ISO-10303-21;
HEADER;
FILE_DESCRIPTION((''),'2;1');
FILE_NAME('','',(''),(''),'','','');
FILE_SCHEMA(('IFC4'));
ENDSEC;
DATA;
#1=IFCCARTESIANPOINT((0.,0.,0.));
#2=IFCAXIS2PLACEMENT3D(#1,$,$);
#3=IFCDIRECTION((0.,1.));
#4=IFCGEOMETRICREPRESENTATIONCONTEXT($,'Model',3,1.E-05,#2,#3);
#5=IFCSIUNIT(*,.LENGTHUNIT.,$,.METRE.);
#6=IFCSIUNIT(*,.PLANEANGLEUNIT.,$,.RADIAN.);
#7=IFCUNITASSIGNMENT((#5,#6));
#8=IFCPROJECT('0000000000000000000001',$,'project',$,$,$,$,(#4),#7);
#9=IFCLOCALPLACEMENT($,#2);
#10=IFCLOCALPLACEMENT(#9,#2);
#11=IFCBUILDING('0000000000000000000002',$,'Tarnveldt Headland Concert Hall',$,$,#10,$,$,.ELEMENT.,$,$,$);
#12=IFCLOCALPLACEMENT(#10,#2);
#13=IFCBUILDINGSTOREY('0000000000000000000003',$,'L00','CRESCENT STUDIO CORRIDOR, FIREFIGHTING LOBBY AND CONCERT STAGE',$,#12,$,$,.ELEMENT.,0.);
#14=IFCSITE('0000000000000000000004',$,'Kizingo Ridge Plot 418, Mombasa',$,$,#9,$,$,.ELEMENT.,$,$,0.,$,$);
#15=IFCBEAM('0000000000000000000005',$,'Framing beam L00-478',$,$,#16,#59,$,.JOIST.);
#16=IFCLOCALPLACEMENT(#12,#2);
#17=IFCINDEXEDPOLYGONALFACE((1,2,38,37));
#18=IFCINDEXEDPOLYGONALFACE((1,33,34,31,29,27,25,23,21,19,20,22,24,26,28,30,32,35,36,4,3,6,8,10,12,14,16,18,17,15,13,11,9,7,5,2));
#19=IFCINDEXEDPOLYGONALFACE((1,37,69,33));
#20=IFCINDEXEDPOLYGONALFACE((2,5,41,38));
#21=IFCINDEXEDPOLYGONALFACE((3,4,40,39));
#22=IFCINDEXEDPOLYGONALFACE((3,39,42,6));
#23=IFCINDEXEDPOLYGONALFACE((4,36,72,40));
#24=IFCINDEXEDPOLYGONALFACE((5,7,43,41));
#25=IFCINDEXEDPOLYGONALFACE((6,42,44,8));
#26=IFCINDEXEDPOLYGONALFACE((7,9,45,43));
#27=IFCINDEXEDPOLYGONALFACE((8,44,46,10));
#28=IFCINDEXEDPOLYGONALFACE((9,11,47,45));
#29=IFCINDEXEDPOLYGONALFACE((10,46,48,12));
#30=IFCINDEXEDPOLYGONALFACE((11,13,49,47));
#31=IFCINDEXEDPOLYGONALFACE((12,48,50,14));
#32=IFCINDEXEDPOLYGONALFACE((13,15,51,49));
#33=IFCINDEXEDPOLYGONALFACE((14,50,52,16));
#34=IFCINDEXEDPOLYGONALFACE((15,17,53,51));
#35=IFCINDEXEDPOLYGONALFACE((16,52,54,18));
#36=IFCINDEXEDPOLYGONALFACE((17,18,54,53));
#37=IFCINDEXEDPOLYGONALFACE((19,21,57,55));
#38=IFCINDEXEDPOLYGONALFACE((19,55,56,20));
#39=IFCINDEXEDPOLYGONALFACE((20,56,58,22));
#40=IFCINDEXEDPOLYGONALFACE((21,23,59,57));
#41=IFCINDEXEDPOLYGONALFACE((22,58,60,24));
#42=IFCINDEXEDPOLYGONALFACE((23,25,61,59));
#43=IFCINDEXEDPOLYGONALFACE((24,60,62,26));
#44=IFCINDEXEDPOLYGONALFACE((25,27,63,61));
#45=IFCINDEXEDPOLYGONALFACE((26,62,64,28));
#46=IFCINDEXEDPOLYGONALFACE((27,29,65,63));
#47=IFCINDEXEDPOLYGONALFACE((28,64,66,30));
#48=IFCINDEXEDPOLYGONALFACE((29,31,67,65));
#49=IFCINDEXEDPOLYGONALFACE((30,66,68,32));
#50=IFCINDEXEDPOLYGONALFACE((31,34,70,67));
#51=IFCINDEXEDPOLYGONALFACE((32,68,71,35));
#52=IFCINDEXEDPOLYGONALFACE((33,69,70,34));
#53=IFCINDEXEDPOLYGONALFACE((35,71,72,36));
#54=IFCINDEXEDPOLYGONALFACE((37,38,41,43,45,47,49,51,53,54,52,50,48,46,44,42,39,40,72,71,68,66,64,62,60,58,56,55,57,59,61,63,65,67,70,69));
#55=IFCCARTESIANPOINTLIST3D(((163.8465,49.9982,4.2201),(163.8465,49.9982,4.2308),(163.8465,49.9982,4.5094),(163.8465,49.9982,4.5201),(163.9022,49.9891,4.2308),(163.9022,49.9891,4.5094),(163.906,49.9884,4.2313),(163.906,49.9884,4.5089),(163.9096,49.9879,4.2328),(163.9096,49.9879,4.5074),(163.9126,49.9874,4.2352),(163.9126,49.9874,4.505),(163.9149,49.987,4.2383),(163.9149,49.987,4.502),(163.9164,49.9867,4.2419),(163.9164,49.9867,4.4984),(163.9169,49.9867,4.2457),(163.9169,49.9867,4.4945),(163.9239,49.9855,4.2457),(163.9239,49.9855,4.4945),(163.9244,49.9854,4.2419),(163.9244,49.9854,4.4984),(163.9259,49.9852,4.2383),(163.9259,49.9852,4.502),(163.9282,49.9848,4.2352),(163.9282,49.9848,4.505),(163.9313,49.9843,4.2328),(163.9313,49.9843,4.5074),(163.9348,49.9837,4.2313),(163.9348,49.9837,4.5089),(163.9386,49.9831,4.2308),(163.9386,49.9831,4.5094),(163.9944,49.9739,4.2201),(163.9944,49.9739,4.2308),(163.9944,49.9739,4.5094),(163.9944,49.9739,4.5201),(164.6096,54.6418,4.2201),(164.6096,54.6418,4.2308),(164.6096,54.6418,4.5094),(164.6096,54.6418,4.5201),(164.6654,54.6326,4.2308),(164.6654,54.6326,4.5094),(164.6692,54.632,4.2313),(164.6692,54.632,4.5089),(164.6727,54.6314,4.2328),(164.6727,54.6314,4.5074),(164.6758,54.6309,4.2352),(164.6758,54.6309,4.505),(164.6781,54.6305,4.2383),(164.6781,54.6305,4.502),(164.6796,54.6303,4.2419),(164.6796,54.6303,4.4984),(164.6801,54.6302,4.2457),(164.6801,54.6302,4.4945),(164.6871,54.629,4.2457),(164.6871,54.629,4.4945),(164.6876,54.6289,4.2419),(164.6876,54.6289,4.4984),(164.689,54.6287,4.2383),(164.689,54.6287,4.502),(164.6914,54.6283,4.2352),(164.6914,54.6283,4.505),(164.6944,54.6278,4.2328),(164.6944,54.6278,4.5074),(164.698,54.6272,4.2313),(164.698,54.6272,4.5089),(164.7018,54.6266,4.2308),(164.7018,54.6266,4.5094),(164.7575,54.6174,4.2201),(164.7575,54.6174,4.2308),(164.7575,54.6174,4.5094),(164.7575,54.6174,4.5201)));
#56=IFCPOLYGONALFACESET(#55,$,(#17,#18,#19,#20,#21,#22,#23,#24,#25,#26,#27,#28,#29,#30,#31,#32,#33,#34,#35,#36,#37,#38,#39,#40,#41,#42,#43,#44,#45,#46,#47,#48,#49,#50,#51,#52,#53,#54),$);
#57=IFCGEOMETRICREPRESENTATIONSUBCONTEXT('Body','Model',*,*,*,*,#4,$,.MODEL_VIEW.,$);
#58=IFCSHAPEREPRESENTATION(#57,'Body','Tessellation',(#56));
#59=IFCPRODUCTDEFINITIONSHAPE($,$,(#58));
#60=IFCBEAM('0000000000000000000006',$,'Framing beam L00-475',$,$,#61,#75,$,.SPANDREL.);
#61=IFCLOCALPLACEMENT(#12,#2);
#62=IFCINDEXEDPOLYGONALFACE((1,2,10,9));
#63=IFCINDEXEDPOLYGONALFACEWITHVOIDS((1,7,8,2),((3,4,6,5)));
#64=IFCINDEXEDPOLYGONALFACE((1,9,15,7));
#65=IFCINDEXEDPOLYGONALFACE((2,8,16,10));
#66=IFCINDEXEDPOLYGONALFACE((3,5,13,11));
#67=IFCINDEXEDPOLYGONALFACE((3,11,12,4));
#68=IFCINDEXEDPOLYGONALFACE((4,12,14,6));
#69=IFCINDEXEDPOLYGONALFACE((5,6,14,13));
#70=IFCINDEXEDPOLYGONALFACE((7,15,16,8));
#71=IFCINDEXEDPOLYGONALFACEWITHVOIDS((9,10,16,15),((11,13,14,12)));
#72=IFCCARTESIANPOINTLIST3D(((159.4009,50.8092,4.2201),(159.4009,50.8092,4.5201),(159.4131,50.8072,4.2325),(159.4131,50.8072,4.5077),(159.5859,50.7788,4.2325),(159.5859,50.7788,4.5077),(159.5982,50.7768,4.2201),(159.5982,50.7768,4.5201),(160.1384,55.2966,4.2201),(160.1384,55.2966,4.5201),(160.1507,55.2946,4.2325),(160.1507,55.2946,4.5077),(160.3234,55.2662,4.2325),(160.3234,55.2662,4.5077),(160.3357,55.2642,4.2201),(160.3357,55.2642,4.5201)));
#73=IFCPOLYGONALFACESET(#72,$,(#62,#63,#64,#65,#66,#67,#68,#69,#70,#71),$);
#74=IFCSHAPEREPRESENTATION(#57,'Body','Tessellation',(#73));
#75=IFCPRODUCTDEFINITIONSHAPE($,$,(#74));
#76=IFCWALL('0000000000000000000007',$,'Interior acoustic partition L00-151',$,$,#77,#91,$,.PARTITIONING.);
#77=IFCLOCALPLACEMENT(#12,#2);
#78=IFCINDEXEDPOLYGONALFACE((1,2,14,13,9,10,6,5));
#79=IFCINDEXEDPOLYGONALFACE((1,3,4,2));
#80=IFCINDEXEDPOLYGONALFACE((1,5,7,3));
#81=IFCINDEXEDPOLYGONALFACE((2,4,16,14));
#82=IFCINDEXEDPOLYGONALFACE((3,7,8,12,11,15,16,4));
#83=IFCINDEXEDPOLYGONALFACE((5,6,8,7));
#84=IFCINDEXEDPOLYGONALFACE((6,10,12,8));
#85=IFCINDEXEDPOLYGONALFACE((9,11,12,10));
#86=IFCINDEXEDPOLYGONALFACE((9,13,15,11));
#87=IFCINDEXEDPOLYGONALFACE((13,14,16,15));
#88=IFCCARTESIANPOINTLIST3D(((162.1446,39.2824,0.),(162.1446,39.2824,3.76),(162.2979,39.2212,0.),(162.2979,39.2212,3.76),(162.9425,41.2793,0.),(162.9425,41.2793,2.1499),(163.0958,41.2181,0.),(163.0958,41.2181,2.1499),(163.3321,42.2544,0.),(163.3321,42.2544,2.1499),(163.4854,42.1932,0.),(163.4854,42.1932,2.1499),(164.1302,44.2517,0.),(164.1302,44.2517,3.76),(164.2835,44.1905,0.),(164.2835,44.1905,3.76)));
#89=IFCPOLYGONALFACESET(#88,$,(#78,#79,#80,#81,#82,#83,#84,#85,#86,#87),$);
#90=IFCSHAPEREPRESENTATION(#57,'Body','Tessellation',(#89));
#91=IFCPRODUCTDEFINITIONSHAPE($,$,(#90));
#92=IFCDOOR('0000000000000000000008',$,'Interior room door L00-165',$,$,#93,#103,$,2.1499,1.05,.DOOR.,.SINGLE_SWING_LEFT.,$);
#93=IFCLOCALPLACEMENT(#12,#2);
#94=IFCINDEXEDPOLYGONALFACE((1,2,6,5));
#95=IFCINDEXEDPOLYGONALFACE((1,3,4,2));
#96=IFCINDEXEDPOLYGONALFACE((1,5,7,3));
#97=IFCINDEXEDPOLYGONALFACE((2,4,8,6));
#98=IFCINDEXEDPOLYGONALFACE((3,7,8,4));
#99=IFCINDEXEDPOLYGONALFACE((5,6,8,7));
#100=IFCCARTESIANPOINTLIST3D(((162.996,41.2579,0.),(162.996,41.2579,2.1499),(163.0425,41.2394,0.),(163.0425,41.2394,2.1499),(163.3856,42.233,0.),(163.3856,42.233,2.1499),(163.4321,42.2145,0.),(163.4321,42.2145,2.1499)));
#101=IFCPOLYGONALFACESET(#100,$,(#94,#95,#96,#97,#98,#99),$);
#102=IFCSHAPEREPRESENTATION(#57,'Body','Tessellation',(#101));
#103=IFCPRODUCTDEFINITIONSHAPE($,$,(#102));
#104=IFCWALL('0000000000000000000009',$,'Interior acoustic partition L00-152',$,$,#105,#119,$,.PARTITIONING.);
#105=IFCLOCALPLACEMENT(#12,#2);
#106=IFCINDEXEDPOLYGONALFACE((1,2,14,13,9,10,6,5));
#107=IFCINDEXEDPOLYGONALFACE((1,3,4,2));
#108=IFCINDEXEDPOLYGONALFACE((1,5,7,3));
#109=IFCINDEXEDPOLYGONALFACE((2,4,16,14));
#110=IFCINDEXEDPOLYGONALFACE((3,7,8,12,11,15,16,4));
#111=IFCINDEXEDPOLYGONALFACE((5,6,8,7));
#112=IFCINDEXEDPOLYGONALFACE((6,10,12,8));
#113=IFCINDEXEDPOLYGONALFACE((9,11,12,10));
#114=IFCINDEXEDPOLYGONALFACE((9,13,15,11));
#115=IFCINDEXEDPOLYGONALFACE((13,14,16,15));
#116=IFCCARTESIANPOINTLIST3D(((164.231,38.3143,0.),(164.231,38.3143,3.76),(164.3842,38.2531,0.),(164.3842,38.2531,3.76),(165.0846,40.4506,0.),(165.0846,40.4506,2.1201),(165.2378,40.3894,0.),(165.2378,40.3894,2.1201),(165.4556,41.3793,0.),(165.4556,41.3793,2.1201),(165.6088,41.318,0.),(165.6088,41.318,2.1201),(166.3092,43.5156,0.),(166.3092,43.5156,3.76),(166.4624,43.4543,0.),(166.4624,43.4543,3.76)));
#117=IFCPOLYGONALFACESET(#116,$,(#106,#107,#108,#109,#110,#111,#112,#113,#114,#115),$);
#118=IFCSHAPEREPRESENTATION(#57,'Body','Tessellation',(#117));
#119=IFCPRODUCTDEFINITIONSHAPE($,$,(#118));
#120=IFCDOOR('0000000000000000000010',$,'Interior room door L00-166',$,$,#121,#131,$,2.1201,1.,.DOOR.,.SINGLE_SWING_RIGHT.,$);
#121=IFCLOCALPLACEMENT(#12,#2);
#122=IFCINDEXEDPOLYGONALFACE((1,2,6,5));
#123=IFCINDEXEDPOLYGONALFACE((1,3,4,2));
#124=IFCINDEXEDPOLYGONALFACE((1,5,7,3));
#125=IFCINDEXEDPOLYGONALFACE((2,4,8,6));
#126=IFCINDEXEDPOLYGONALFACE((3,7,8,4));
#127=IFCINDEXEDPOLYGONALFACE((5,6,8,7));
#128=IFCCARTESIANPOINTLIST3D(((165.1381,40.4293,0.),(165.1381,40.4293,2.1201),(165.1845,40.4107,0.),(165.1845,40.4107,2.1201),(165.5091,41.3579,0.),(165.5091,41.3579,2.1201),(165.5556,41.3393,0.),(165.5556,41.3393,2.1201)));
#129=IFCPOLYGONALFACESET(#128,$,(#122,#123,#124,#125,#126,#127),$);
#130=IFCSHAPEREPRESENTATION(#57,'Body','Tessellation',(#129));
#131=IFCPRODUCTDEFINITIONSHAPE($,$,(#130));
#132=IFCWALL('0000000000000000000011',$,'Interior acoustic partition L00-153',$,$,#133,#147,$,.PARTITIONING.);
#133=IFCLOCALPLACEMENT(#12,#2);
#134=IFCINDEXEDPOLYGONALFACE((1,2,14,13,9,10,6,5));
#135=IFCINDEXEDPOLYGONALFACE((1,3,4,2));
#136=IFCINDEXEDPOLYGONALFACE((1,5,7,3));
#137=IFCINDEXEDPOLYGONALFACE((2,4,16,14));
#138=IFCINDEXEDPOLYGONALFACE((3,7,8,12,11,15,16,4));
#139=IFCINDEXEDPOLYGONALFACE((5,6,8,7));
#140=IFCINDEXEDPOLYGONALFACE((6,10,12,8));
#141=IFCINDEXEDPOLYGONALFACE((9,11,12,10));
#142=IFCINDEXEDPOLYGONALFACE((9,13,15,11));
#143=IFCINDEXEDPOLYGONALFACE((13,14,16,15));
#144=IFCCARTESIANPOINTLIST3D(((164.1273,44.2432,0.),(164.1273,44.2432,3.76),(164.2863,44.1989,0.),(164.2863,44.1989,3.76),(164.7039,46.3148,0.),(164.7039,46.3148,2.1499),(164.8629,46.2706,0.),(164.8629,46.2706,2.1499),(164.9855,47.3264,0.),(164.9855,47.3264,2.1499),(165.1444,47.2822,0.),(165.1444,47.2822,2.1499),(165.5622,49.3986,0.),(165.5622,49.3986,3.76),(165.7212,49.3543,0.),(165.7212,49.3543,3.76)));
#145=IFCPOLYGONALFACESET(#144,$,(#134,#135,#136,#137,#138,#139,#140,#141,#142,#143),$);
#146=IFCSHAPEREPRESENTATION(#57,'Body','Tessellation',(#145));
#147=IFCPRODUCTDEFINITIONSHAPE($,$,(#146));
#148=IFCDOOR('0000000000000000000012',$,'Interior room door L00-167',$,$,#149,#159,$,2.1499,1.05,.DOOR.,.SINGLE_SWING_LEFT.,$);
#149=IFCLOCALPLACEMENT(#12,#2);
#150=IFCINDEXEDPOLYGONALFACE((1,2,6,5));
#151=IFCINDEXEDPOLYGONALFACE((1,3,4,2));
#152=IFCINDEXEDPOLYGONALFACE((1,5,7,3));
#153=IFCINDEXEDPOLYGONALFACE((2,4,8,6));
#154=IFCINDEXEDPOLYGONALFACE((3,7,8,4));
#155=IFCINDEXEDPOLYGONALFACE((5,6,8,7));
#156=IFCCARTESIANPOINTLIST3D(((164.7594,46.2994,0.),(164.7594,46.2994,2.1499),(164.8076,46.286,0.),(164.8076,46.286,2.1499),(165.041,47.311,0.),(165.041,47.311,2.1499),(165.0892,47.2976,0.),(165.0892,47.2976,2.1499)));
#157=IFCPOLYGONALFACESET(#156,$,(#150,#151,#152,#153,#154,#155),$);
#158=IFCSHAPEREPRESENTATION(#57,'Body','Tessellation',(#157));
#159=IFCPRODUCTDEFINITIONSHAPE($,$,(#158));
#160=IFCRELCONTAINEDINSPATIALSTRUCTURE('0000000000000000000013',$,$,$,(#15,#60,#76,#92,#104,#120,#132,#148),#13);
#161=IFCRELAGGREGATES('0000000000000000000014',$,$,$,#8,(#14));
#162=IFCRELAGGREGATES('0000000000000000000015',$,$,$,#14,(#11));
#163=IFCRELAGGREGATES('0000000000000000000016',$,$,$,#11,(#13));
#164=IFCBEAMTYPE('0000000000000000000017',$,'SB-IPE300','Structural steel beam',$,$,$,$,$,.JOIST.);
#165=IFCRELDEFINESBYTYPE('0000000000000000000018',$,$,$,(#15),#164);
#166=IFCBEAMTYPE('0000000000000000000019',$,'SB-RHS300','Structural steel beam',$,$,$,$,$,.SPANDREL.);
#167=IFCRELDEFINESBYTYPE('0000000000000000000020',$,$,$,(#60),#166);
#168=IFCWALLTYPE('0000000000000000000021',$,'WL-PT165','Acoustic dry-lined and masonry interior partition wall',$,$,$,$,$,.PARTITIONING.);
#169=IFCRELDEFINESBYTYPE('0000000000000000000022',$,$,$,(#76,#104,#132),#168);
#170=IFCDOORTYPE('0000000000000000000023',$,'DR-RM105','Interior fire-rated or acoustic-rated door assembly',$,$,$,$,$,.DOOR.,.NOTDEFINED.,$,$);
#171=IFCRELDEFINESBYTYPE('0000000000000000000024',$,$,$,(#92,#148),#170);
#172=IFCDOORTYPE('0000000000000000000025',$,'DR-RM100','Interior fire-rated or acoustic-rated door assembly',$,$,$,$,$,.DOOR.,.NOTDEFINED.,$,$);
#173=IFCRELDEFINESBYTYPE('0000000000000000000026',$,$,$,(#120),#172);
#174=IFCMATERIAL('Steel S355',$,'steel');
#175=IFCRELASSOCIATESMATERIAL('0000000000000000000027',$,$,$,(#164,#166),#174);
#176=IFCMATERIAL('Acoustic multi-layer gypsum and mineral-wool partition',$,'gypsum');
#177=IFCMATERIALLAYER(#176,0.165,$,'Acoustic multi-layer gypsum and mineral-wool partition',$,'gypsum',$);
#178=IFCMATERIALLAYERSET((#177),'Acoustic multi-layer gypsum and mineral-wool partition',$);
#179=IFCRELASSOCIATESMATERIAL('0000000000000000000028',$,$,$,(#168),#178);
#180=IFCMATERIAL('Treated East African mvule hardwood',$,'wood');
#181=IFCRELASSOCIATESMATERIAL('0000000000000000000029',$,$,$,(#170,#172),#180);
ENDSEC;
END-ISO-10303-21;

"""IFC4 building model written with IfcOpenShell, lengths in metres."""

from ifc_helpers import new_model, si_unit, direction, frame, frame_2d, origin, origin_2d, place, context, subcontext, project, spatial, rectangle, hollow_rectangle, i_section, extrude, material, layer, layer_set, material_profile, profile_set, type_object, element, fill, save


model = new_model("IFC4")

# Units and contexts
model_context = context("Model", 3, precision=1e-05, world=origin(), true_north=direction((0.0, 1.0)))
body_context = subcontext(model_context, "Body", "Model", "MODEL_VIEW")
ifc_project = project(units=[si_unit("LENGTHUNIT", "METRE"), si_unit("PLANEANGLEUNIT", "RADIAN")], contexts=[model_context])

# Site, building, storey
site_placement = place(None, origin())
site = spatial("IfcSite", under=ifc_project, at=site_placement, Name="Kizingo Ridge Plot 418, Mombasa", CompositionType="ELEMENT", RefElevation=0.0)
building_placement = place(site_placement, origin())
building = spatial("IfcBuilding", under=site, at=building_placement, Name="Tarnveldt Headland Concert Hall", CompositionType="ELEMENT")
storey_placement = place(building_placement, origin())
storey = spatial("IfcBuildingStorey", under=building, at=storey_placement, Name="L00", Description="CRESCENT STUDIO CORRIDOR, FIREFIGHTING LOBBY AND CONCERT STAGE", CompositionType="ELEMENT", Elevation=0.0)

# Beams
ifc_material_1 = material(Name="Steel S355", Category="steel")
ifc_material_profile_1 = material_profile(ifc_material_1, i_section(OverallWidth=0.1499, OverallDepth=0.3, WebThickness=0.0071, FlangeThickness=0.0107, FilletRadius=0.0149, at=origin_2d()), Name="IPE300", Category="steel")
ifc_profile_set_1 = profile_set([ifc_material_profile_1], Name="Steel S355")
beam_type_1 = type_object("IfcBeamType", Name="SB-IPE300", Description="Structural steel beam", PredefinedType="JOIST", material=ifc_profile_set_1)
for number, where, z_axis, x_axis, name in (
    (1, (163.9204, 49.9861, 4.3701), (0.162178, 0.986762, 0.0), (-0.986762, 0.162178, 0.0), "Framing beam L00-478"),
):
    element("IfcBeam", number, at=place(storey_placement, frame(where, z_axis=z_axis, x_axis=x_axis)), inside=storey, type_object=beam_type_1, Name=name, PredefinedType="JOIST", context=body_context, shape_type="SweptSolid", body=[
        extrude(i_section(OverallWidth=0.1499, OverallDepth=0.3, WebThickness=0.0071, FlangeThickness=0.0107, FilletRadius=0.0149, at=origin_2d()), origin(), (0.0, 0.0, 1.0), 4.7058),
    ])
ifc_material_profile_2 = material_profile(ifc_material_1, hollow_rectangle(XDim=0.2, YDim=0.3, WallThickness=0.0125, at=origin_2d()), Name="RHS 300x200x12.5", Category="steel")
ifc_profile_set_2 = profile_set([ifc_material_profile_2], Name="Steel S355")
beam_type_2 = type_object("IfcBeamType", Name="SB-RHS300", Description="Structural steel beam", PredefinedType="SPANDREL", material=ifc_profile_set_2)
beam_placement = place(storey_placement, frame((159.4995, 50.793, 4.3701), z_axis=(0.162187, 0.98676, 0.0), x_axis=(-0.98676, 0.162187, 0.0)))
element("IfcBeam", 2, at=beam_placement, inside=storey, type_object=beam_type_2, Name="Framing beam L00-475", PredefinedType="SPANDREL", context=body_context, shape_type="SweptSolid", body=[
    extrude(hollow_rectangle(XDim=0.2, YDim=0.3, WallThickness=0.0125, at=origin_2d()), origin(), (0.0, 0.0, 1.0), 4.5476),
])

# Walls, openings, doors
ifc_material_2 = material(Name="Acoustic multi-layer gypsum and mineral-wool partition", Category="gypsum")
ifc_layer = layer(ifc_material_2, 0.165, Name="Acoustic multi-layer gypsum and mineral-wool partition", Category="gypsum")
ifc_layer_set = layer_set([ifc_layer], Name="Acoustic multi-layer gypsum and mineral-wool partition")
wall_type = type_object("IfcWallType", Name="WL-PT165", Description="Acoustic dry-lined and masonry interior partition wall", PredefinedType="PARTITIONING", material=ifc_layer_set)
wall_1_placement = place(storey_placement, frame((162.2212, 39.2517, 0.0), z_axis=(0.0, 0.0, 1.0), x_axis=(0.371052, 0.928612, 0.0)))
wall_1 = element("IfcWall", 3, at=wall_1_placement, inside=storey, type_object=wall_type, Name="Interior acoustic partition L00-151", PredefinedType="PARTITIONING", context=body_context, shape_type="SweptSolid", body=[
    extrude(rectangle(XDim=5.3513, YDim=0.165, at=frame_2d((2.6758, 0.0))), origin(), (0.0, 0.0, 1.0), 3.76),
])
opening_1_placement = place(wall_1_placement, frame((2.1506, 0.0, 0.0)))
opening_1 = element("IfcOpeningElement", 4, at=opening_1_placement, cuts=wall_1, PredefinedType="OPENING", context=body_context, shape_type="SweptSolid", body=[
    extrude(rectangle(XDim=1.05, YDim=2.1499, at=frame_2d((0.5249, 1.075))), frame((0.0, 0.0925, 0.0), z_axis=(0.0, -1.0, 0.0), x_axis=(1.0, 0.0, 0.0)), (0.0, 0.0, 1.0), 0.1851),
])
ifc_material_3 = material(Name="Treated East African mvule hardwood", Category="wood")
door_type_1 = type_object("IfcDoorType", Name="DR-RM105", Description="Interior fire-rated or acoustic-rated door assembly", OperationType="NOTDEFINED", PredefinedType="DOOR", material=ifc_material_3)
door_1_placement = place(opening_1_placement, origin())
door_1 = element("IfcDoor", 5, at=door_1_placement, inside=storey, type_object=door_type_1, Name="Interior room door L00-165", OperationType="SINGLE_SWING_LEFT", OverallHeight=2.1499, OverallWidth=1.05, PredefinedType="DOOR", context=body_context, shape_type="SweptSolid", body=[
    extrude(rectangle(XDim=1.05, YDim=2.1499, at=frame_2d((0.5249, 1.075))), frame((0.0, 0.0249, 0.0), z_axis=(0.0, -1.0, 0.0), x_axis=(1.0, 0.0, 0.0)), (0.0, 0.0, 1.0), 0.05),
])
fill(opening_1, door_1)
wall_2_placement = place(storey_placement, frame((164.3076, 38.2837, 0.0), z_axis=(0.0, 0.0, 1.0), x_axis=(0.37103, 0.928621, 0.0)))
wall_2 = element("IfcWall", 6, at=wall_2_placement, inside=storey, type_object=wall_type, Name="Interior acoustic partition L00-152", PredefinedType="PARTITIONING", context=body_context, shape_type="SweptSolid", body=[
    extrude(rectangle(XDim=5.6011, YDim=0.165, at=frame_2d((2.8005, 0.0))), origin(), (0.0, 0.0, 1.0), 3.76),
])
opening_2_placement = place(wall_2_placement, frame((2.3005, 0.0, 0.0)))
opening_2 = element("IfcOpeningElement", 7, at=opening_2_placement, cuts=wall_2, PredefinedType="OPENING", context=body_context, shape_type="SweptSolid", body=[
    extrude(rectangle(XDim=1.0, YDim=2.1201, at=frame_2d((0.5, 1.0601))), frame((0.0, 0.0925, 0.0), z_axis=(0.0, -1.0, 0.0), x_axis=(1.0, 0.0, 0.0)), (0.0, 0.0, 1.0), 0.1851),
])
door_type_2 = type_object("IfcDoorType", Name="DR-RM100", Description="Interior fire-rated or acoustic-rated door assembly", OperationType="NOTDEFINED", PredefinedType="DOOR", material=ifc_material_3)
door_2_placement = place(opening_2_placement, origin())
door_2 = element("IfcDoor", 8, at=door_2_placement, inside=storey, type_object=door_type_2, Name="Interior room door L00-166", OperationType="SINGLE_SWING_RIGHT", OverallHeight=2.1201, OverallWidth=1.0, PredefinedType="DOOR", context=body_context, shape_type="SweptSolid", body=[
    extrude(rectangle(XDim=1.0, YDim=2.1201, at=frame_2d((0.5, 1.0601))), frame((0.0, 0.0249, 0.0), z_axis=(0.0, -1.0, 0.0), x_axis=(1.0, 0.0, 0.0)), (0.0, 0.0, 1.0), 0.05),
])
fill(opening_2, door_2)
wall_3_placement = place(storey_placement, frame((164.2068, 44.2209, 0.0), z_axis=(0.0, 0.0, 1.0), x_axis=(0.268129, 0.963383, 0.0)))
wall_3 = element("IfcWall", 9, at=wall_3_placement, inside=storey, type_object=wall_type, Name="Interior acoustic partition L00-153", PredefinedType="PARTITIONING", context=body_context, shape_type="SweptSolid", body=[
    extrude(rectangle(XDim=5.3513, YDim=0.165, at=frame_2d((2.6758, 0.0))), origin(), (0.0, 0.0, 1.0), 3.76),
])
opening_3_placement = place(wall_3_placement, frame((2.1506, 0.0, 0.0)))
opening_3 = element("IfcOpeningElement", 10, at=opening_3_placement, cuts=wall_3, PredefinedType="OPENING", context=body_context, shape_type="SweptSolid", body=[
    extrude(rectangle(XDim=1.05, YDim=2.1499, at=frame_2d((0.5249, 1.075))), frame((0.0, 0.0925, 0.0), z_axis=(0.0, -1.0, 0.0), x_axis=(1.0, 0.0, 0.0)), (0.0, 0.0, 1.0), 0.1851),
])
door_3_placement = place(opening_3_placement, origin())
door_3 = element("IfcDoor", 11, at=door_3_placement, inside=storey, type_object=door_type_1, Name="Interior room door L00-167", OperationType="SINGLE_SWING_LEFT", OverallHeight=2.1499, OverallWidth=1.05, PredefinedType="DOOR", context=body_context, shape_type="SweptSolid", body=[
    extrude(rectangle(XDim=1.05, YDim=2.1499, at=frame_2d((0.5249, 1.075))), frame((0.0, 0.0249, 0.0), z_axis=(0.0, -1.0, 0.0), x_axis=(1.0, 0.0, 0.0)), (0.0, 0.0, 1.0), 0.05),
])
fill(opening_3, door_3)

save(model, "model.ifc")
